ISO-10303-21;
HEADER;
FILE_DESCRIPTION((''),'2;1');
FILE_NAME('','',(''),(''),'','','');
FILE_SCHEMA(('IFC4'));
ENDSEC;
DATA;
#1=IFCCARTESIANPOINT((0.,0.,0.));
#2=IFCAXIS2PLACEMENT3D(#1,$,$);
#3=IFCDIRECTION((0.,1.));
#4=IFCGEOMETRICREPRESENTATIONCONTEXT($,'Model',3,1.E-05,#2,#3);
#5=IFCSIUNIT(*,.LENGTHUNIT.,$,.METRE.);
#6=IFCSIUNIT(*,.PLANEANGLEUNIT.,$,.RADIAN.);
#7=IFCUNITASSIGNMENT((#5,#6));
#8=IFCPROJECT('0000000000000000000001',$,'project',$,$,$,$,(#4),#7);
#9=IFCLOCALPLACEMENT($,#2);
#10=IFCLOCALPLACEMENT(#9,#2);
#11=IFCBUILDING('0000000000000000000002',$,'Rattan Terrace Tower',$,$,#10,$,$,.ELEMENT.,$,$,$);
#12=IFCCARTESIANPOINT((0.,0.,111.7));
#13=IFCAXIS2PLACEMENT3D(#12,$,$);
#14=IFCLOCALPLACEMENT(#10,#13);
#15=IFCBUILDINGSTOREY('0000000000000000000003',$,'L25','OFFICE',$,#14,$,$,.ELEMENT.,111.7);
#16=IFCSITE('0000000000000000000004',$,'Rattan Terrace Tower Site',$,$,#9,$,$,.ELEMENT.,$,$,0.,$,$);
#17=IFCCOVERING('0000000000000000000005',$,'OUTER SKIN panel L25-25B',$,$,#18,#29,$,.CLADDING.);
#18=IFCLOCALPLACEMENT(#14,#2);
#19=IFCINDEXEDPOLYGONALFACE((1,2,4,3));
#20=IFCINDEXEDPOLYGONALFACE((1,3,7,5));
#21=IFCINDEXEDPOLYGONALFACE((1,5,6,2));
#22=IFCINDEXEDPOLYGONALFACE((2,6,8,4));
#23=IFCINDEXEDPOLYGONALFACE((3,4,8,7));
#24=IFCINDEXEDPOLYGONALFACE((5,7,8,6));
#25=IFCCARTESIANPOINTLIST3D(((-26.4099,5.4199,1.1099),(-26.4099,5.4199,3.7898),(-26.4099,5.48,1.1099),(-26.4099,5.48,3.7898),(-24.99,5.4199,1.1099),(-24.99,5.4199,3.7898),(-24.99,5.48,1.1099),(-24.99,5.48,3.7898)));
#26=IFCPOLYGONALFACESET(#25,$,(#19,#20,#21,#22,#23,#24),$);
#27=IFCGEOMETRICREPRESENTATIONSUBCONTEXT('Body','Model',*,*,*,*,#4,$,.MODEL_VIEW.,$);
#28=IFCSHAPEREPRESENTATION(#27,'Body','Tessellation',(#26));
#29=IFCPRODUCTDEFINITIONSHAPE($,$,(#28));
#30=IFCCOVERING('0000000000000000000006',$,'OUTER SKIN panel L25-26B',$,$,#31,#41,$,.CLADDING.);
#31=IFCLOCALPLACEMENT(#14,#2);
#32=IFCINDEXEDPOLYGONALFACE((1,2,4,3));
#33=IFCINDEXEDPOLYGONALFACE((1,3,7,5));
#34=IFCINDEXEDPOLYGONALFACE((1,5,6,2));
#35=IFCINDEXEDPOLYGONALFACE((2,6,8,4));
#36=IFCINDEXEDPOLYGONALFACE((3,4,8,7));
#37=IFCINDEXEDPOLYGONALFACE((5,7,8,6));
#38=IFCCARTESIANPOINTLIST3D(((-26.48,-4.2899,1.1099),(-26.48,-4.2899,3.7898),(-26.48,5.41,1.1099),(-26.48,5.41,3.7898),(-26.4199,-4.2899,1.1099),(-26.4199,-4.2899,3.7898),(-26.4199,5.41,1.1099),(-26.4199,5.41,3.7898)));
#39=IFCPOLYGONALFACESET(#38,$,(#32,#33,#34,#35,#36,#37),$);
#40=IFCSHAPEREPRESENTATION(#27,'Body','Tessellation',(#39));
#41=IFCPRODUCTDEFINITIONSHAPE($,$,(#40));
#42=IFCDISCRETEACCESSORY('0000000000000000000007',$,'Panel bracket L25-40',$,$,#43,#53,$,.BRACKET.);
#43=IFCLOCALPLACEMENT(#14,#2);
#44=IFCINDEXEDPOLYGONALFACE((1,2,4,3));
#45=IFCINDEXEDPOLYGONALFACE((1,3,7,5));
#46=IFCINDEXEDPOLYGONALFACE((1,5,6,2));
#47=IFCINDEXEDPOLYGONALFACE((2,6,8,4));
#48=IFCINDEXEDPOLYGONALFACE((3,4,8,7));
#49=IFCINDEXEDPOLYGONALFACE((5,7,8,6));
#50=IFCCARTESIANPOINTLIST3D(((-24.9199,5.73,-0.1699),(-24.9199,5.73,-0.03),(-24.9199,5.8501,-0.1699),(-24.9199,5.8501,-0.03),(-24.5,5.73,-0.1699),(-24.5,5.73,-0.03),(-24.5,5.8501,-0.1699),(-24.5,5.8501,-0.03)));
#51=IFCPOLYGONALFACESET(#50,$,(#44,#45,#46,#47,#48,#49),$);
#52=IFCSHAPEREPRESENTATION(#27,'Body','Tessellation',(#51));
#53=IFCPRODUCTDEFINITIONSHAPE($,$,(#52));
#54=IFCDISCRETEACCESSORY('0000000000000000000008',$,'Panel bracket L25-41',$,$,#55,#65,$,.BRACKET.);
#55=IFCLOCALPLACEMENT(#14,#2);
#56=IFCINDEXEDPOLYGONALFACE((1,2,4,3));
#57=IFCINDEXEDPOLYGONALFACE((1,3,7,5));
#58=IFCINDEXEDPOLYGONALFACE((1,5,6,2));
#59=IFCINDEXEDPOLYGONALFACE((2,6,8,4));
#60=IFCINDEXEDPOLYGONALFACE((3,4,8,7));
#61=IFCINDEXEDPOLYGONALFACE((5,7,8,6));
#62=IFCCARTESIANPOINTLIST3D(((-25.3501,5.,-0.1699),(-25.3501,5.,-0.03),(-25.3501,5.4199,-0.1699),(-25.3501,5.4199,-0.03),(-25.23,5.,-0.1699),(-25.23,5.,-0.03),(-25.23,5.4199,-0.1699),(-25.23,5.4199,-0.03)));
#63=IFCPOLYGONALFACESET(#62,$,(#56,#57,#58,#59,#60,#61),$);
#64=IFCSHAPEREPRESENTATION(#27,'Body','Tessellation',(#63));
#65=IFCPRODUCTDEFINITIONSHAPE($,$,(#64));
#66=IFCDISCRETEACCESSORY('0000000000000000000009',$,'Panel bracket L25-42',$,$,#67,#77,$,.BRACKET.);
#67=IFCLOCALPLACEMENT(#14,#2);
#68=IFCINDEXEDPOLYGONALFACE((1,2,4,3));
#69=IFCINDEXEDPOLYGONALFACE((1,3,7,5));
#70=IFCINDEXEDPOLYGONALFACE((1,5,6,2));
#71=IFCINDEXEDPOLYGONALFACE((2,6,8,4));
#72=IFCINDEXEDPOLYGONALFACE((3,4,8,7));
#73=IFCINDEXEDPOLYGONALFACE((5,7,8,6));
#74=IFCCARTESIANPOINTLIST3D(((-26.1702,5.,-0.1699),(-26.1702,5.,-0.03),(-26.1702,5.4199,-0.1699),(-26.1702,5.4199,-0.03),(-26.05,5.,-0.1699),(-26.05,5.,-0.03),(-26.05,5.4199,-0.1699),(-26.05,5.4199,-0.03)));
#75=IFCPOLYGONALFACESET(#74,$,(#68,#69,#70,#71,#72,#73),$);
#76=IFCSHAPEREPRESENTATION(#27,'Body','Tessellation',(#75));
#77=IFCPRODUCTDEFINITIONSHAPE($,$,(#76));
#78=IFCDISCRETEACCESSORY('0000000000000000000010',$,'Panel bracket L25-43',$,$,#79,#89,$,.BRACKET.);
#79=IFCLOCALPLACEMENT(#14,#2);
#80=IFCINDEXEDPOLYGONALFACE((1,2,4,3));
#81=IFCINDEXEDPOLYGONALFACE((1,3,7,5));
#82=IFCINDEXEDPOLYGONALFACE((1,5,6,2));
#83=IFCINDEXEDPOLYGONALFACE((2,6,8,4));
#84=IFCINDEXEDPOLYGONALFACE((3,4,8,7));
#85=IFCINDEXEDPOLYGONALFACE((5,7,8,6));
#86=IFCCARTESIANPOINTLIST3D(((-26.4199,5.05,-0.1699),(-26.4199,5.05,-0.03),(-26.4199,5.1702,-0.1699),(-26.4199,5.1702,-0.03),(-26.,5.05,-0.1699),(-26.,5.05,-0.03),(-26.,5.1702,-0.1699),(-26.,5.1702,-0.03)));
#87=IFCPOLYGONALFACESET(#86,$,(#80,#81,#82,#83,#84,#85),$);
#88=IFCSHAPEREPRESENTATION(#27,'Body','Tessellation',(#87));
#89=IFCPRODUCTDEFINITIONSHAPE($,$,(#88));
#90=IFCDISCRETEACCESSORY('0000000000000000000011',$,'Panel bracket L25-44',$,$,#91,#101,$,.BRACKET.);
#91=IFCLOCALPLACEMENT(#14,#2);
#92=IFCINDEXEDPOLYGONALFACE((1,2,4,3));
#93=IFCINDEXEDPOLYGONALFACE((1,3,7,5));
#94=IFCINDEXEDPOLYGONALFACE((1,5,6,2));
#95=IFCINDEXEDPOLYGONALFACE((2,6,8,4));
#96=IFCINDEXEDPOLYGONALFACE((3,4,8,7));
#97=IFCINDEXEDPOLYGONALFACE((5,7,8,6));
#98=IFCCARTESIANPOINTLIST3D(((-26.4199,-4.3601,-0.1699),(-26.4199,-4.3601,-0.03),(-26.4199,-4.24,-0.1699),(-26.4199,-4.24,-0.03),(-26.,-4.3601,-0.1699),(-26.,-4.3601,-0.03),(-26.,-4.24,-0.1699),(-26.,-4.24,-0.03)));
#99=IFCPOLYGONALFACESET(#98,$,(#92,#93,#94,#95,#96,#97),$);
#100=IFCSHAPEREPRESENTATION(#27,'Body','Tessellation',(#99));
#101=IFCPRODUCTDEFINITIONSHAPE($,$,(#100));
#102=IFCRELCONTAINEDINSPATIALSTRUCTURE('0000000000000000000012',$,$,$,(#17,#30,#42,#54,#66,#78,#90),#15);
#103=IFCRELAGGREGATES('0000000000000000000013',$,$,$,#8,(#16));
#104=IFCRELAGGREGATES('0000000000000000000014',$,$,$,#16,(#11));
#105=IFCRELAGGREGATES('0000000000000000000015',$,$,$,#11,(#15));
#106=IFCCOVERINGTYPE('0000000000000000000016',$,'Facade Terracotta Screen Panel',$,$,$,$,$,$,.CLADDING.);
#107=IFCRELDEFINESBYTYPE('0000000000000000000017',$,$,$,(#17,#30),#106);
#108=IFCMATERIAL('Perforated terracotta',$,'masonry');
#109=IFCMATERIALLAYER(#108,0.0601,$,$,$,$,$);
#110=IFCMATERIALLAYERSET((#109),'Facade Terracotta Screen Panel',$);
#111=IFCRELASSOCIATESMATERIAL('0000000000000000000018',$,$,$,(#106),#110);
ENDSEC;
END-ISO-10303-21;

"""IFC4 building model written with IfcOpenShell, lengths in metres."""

from ifc_helpers import new_model, si_unit, direction, frame, origin, origin_2d, place, context, subcontext, project, spatial, rectangle, extrude, material, layer, layer_set, type_object, element, save


model = new_model("IFC4")

# Units and contexts
model_context = context("Model", 3, precision=1e-05, world=origin(), true_north=direction((0.0, 1.0)))
body_context = subcontext(model_context, "Body", "Model", "MODEL_VIEW")
ifc_project = project(units=[si_unit("LENGTHUNIT", "METRE"), si_unit("PLANEANGLEUNIT", "RADIAN")], contexts=[model_context])

# Site, building, storey
site_placement = place(None, origin())
site = spatial("IfcSite", under=ifc_project, at=site_placement, Name="Rattan Terrace Tower Site", CompositionType="ELEMENT", RefElevation=0.0)
building_placement = place(site_placement, origin())
building = spatial("IfcBuilding", under=site, at=building_placement, Name="Rattan Terrace Tower", CompositionType="ELEMENT")
storey_placement = place(building_placement, frame((0.0, 0.0, 111.7)))
storey = spatial("IfcBuildingStorey", under=building, at=storey_placement, Name="L25", Description="OFFICE", CompositionType="ELEMENT", Elevation=111.7)

# Coverings
ifc_material_1 = material(Name="Perforated terracotta", Category="masonry")
ifc_layer_1 = layer(ifc_material_1, 0.0601)
ifc_layer_set_1 = layer_set([ifc_layer_1], Name="Facade Terracotta Screen Panel")
covering_type_1 = type_object("IfcCoveringType", Name="Facade Terracotta Screen Panel", PredefinedType="CLADDING", material=ifc_layer_set_1)
covering_1_placement = place(storey_placement, frame((-25.7, 5.45, 1.1099), z_axis=(0.0, 0.0, 1.0), x_axis=(-1.0, 0.0, 0.0)))
element("IfcCovering", 1, at=covering_1_placement, inside=storey, type_object=covering_type_1, Name="OUTER SKIN panel L25-25B", PredefinedType="CLADDING", context=body_context, shape_type="SweptSolid", body=[
    extrude(rectangle(XDim=1.4199, YDim=0.0601, at=origin_2d()), origin(), (0.0, 0.0, 1.0), 2.6799),
])
covering_2_placement = place(storey_placement, frame((-26.45, 0.5601, 1.1099), z_axis=(0.0, 0.0, 1.0), x_axis=(0.0, -1.0, 0.0)))
element("IfcCovering", 2, at=covering_2_placement, inside=storey, type_object=covering_type_1, Name="OUTER SKIN panel L25-26B", PredefinedType="CLADDING", context=body_context, shape_type="SweptSolid", body=[
    extrude(rectangle(XDim=9.7, YDim=0.0601, at=origin_2d()), origin(), (0.0, 0.0, 1.0), 2.6799),
])

# Discrete accessories
for number, where, z_axis, x_axis, name in (
    (3, (-24.71, 5.79, -0.1699), (0.0, 0.0, 1.0), (0.0, -1.0, 0.0), "Panel bracket L25-40"),
    (4, (-25.29, 5.21, -0.1699), (0.0, 0.0, 1.0), (-1.0, 0.0, 0.0), "Panel bracket L25-41"),
    (5, (-26.1101, 5.21, -0.1699), (0.0, 0.0, 1.0), (-1.0, 0.0, 0.0), "Panel bracket L25-42"),
    (6, (-26.21, 5.1101, -0.1699), (0.0, 0.0, 1.0), (0.0, -1.0, 0.0), "Panel bracket L25-43"),
    (7, (-26.21, -4.3, -0.1699), (0.0, 0.0, 1.0), (0.0, -1.0, 0.0), "Panel bracket L25-44"),
):
    element("IfcDiscreteAccessory", number, at=place(storey_placement, frame(where, z_axis=z_axis, x_axis=x_axis)), inside=storey, Name=name, PredefinedType="BRACKET", context=body_context, shape_type="SweptSolid", body=[
        extrude(rectangle(XDim=0.1201, YDim=0.4199, at=origin_2d()), origin(), (0.0, 0.0, 1.0), 0.1399),
    ])

save(model, "model.ifc")
